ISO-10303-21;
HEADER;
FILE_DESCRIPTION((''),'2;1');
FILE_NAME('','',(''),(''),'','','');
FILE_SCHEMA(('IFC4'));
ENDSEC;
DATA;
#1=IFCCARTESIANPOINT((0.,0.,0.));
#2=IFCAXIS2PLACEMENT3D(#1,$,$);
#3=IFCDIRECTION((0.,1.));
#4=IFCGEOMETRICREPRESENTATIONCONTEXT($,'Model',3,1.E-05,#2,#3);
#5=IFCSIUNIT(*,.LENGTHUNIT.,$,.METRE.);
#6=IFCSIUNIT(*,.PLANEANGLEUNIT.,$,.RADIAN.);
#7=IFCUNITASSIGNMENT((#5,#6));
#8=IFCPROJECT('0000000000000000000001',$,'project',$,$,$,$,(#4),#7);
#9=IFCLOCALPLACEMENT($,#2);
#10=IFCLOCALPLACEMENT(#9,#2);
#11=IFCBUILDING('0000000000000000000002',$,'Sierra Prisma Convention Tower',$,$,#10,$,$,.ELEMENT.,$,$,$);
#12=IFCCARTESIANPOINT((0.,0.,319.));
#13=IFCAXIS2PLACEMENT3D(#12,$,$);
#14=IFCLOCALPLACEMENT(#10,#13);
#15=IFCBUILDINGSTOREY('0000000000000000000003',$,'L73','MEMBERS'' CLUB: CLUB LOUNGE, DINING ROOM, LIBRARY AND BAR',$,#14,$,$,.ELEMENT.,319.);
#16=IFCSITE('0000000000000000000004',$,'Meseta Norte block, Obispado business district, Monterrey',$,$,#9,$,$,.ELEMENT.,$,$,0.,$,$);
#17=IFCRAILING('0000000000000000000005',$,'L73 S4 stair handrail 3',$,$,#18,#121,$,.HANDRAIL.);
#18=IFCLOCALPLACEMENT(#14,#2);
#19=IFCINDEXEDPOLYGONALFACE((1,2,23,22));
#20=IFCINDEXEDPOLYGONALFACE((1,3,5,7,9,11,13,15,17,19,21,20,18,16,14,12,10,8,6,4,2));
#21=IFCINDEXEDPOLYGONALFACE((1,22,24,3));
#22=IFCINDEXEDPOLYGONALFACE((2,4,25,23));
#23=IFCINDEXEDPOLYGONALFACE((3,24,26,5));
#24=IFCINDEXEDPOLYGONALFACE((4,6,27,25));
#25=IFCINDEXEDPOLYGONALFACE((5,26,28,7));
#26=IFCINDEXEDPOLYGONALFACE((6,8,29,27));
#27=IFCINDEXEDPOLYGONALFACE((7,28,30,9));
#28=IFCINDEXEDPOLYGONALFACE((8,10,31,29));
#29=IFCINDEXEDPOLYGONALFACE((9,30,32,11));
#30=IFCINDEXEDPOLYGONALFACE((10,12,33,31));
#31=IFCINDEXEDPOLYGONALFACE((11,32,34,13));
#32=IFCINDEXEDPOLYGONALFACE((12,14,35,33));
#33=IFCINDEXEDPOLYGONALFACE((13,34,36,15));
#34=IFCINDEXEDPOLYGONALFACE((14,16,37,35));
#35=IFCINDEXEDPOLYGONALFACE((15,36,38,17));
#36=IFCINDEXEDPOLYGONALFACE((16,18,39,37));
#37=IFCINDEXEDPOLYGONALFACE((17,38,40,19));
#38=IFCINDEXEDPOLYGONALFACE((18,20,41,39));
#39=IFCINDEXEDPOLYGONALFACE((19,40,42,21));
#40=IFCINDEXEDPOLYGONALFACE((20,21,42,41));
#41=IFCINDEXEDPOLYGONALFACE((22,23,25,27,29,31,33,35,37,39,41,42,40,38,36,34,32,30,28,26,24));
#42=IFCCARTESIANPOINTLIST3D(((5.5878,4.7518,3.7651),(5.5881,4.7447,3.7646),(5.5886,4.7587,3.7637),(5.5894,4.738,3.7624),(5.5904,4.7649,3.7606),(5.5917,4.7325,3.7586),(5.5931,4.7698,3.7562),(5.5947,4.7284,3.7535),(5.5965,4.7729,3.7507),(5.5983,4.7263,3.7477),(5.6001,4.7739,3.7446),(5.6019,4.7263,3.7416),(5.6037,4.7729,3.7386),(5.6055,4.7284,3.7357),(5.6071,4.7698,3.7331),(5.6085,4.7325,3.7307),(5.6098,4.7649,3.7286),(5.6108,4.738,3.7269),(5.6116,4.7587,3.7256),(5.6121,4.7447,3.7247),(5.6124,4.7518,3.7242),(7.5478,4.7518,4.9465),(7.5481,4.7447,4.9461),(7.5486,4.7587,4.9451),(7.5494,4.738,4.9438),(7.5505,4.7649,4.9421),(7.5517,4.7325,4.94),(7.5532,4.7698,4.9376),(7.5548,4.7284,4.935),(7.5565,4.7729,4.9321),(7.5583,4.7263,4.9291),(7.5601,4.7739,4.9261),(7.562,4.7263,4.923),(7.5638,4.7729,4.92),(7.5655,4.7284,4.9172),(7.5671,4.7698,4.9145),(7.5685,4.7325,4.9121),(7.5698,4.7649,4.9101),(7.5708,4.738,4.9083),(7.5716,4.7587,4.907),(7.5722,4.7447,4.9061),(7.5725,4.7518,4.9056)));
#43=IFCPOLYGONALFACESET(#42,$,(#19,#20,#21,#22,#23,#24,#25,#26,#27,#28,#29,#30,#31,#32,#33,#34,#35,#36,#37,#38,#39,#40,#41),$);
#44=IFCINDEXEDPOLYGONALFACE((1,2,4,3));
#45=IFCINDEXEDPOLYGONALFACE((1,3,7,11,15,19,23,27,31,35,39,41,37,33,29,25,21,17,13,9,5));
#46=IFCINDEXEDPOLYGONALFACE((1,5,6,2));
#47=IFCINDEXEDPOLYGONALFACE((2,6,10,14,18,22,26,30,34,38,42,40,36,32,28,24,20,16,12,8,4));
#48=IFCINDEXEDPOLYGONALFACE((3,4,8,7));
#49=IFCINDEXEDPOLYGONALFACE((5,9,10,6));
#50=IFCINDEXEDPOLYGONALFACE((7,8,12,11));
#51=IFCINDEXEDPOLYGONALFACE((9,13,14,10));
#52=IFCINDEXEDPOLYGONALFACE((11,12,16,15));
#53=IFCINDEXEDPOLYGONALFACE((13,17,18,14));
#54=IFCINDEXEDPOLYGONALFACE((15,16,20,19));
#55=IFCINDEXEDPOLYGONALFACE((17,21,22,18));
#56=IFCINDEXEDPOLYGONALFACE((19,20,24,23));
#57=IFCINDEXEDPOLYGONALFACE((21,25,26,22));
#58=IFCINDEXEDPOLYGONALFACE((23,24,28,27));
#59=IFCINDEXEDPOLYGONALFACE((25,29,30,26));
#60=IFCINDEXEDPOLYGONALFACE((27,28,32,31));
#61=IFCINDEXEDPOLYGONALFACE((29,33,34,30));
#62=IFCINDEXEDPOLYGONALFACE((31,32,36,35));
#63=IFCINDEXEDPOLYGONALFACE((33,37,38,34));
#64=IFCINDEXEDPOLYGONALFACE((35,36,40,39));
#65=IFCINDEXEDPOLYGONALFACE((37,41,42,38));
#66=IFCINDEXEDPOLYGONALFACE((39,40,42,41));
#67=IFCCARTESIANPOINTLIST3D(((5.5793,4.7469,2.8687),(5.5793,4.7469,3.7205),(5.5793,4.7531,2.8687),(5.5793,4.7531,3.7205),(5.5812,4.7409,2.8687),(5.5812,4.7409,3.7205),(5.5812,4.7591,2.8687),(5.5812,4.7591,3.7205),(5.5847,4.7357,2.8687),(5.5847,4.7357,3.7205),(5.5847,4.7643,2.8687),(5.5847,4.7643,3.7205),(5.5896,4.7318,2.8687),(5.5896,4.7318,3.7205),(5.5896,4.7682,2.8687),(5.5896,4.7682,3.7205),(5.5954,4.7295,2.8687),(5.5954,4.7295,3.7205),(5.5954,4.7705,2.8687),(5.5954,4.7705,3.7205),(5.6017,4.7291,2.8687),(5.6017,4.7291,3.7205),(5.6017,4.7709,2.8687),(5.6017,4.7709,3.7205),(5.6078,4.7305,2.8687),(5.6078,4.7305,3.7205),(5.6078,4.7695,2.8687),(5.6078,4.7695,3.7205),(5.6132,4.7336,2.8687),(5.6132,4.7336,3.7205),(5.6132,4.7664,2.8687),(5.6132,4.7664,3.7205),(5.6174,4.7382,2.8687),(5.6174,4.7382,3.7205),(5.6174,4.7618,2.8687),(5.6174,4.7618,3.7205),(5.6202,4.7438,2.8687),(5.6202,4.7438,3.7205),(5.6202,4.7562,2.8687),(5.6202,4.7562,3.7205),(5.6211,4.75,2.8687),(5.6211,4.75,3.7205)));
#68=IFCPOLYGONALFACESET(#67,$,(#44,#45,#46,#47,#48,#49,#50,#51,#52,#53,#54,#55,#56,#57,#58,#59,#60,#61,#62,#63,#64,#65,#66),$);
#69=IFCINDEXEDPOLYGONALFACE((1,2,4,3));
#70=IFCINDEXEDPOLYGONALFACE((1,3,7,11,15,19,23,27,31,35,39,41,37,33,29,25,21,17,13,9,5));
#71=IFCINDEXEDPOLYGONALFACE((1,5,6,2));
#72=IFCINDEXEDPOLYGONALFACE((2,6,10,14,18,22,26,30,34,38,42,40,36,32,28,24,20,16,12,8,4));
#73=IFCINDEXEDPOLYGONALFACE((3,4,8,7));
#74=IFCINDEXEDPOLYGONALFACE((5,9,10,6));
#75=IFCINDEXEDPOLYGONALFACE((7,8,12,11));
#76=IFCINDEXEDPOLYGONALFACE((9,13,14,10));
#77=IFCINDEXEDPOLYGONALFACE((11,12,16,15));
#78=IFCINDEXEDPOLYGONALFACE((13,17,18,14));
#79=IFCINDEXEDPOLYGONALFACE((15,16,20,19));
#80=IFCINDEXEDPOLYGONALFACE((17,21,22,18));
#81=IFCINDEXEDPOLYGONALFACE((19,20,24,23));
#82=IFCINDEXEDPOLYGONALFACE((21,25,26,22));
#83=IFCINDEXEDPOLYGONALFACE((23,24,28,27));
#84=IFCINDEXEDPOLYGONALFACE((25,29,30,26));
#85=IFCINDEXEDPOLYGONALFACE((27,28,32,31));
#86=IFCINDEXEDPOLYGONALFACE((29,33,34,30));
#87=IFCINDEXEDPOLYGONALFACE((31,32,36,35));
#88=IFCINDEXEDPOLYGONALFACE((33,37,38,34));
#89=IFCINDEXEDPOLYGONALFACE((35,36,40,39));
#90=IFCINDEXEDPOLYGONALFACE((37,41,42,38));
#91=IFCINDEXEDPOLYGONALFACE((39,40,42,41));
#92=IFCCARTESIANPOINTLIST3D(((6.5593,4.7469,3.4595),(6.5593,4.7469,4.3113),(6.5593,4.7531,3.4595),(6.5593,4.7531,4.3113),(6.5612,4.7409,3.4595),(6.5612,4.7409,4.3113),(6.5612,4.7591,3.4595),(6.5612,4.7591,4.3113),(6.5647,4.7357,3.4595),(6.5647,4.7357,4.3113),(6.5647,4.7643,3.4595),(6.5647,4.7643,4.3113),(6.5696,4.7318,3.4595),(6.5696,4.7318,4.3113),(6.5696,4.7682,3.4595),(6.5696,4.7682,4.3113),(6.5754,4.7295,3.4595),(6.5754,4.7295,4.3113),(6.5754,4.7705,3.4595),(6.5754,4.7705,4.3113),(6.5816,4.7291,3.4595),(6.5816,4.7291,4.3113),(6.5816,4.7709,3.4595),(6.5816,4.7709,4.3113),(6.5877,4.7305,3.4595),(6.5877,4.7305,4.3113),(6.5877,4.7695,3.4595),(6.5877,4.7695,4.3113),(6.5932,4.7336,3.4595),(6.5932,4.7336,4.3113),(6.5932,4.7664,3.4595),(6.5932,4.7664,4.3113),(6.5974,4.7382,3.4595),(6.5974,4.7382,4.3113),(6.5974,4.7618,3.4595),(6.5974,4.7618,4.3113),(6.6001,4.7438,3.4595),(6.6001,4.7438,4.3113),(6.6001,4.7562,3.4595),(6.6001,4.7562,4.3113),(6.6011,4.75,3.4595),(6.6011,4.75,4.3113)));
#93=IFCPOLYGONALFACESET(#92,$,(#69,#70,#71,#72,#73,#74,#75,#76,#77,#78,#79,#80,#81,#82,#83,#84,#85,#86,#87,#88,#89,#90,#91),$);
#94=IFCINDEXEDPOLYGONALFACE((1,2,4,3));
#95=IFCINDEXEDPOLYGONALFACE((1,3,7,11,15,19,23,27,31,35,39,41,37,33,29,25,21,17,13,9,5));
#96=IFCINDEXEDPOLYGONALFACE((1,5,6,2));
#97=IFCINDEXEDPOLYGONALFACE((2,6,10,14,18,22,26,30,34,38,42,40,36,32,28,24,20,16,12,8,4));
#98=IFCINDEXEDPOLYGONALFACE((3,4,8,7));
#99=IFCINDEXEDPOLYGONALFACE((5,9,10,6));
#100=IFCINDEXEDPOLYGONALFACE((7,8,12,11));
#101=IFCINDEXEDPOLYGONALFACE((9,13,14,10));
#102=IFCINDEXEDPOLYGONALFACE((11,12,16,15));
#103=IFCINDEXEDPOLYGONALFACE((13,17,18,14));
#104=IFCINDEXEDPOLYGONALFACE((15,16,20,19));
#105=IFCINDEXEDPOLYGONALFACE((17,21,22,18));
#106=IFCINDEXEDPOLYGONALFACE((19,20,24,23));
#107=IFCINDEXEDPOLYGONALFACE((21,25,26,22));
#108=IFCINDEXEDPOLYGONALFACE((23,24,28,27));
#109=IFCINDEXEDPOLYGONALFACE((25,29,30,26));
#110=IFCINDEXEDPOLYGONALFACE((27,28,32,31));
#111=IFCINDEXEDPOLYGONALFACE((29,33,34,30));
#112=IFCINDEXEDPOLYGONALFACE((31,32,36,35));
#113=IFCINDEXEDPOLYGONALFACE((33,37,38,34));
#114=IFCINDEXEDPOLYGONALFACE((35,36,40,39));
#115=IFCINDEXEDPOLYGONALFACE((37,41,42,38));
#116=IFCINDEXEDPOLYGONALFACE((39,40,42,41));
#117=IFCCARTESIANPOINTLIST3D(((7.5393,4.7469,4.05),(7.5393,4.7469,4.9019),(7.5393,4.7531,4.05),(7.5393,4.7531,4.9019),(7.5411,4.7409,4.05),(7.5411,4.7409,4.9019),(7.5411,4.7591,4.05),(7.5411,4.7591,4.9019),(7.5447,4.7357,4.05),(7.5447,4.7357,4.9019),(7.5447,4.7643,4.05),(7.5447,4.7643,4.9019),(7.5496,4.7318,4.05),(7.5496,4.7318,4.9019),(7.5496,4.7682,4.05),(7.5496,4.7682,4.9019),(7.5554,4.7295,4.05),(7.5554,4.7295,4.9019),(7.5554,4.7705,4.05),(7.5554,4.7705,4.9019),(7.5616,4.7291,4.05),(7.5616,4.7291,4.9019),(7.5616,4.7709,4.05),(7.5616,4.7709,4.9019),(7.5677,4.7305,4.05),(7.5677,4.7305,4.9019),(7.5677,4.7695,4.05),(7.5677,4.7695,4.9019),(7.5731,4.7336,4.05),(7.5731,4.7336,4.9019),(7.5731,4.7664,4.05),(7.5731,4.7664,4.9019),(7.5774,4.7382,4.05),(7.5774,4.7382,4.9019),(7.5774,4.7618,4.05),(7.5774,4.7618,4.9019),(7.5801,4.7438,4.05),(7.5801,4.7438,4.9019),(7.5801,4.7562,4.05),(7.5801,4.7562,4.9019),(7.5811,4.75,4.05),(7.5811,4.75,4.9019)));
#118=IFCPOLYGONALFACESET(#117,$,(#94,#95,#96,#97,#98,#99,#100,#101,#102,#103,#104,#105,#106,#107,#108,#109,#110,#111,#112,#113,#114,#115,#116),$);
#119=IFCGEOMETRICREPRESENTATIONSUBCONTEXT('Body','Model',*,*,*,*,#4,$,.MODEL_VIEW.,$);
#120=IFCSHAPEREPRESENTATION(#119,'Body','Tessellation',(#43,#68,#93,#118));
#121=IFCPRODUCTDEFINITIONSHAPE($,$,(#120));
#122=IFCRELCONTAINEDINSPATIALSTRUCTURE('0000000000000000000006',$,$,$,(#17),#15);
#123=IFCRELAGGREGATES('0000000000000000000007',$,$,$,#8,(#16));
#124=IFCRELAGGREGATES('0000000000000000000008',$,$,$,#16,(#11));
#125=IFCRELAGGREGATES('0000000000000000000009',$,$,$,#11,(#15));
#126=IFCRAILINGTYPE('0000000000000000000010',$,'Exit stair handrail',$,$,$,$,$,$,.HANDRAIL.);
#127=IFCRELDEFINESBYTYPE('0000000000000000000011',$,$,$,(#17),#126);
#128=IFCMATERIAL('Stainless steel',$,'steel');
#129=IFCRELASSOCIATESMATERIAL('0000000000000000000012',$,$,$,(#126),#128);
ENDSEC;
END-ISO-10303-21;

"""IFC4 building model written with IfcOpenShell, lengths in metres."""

from ifc_helpers import new_model, si_unit, direction, frame, origin, origin_2d, place, context, subcontext, project, spatial, circle, extrude, material, type_object, element, save


model = new_model("IFC4")

# Units and contexts
model_context = context("Model", 3, precision=1e-05, world=origin(), true_north=direction((0.0, 1.0)))
body_context = subcontext(model_context, "Body", "Model", "MODEL_VIEW")
ifc_project = project(units=[si_unit("LENGTHUNIT", "METRE"), si_unit("PLANEANGLEUNIT", "RADIAN")], contexts=[model_context])

# Site, building, storey
site_placement = place(None, origin())
site = spatial("IfcSite", under=ifc_project, at=site_placement, Name="Meseta Norte block, Obispado business district, Monterrey", CompositionType="ELEMENT", RefElevation=0.0)
building_placement = place(site_placement, origin())
building = spatial("IfcBuilding", under=site, at=building_placement, Name="Sierra Prisma Convention Tower", CompositionType="ELEMENT")
storey_placement = place(building_placement, frame((0.0, 0.0, 319.0)))
storey = spatial("IfcBuildingStorey", under=building, at=storey_placement, Name="L73", Description="MEMBERS' CLUB: CLUB LOUNGE, DINING ROOM, LIBRARY AND BAR", CompositionType="ELEMENT", Elevation=319.0)

# Railing
ifc_material_1 = material(Name="Stainless steel", Category="steel")
railing_type_1 = type_object("IfcRailingType", Name="Exit stair handrail", PredefinedType="HANDRAIL", material=ifc_material_1)
for number, where, name in (
    (1, (5.6001, 4.75, 2.8687), "L73 S4 stair handrail 3"),
):
    element("IfcRailing", number, at=place(storey_placement, frame(where)), inside=storey, type_object=railing_type_1, Name=name, PredefinedType="HANDRAIL", context=body_context, shape_type="SweptSolid", body=[
        extrude(circle(Radius=0.0239, at=origin_2d()), frame((0.0, 0.0, 0.876), z_axis=(0.856446, 0.0, 0.516236), x_axis=(0.0, 1.0, 0.0)), (0.0, 0.0, 1.0), 2.2886),
        extrude(circle(Radius=0.021, at=origin_2d()), origin(), (0.0, 0.0, 1.0), 0.8518),
        extrude(circle(Radius=0.021, at=origin_2d()), frame((0.98, 0.0, 0.5908)), (0.0, 0.0, 1.0), 0.8518),
        extrude(circle(Radius=0.021, at=origin_2d()), frame((1.96, 0.0, 1.1814)), (0.0, 0.0, 1.0), 0.8518),
    ])

save(model, "model.ifc")
